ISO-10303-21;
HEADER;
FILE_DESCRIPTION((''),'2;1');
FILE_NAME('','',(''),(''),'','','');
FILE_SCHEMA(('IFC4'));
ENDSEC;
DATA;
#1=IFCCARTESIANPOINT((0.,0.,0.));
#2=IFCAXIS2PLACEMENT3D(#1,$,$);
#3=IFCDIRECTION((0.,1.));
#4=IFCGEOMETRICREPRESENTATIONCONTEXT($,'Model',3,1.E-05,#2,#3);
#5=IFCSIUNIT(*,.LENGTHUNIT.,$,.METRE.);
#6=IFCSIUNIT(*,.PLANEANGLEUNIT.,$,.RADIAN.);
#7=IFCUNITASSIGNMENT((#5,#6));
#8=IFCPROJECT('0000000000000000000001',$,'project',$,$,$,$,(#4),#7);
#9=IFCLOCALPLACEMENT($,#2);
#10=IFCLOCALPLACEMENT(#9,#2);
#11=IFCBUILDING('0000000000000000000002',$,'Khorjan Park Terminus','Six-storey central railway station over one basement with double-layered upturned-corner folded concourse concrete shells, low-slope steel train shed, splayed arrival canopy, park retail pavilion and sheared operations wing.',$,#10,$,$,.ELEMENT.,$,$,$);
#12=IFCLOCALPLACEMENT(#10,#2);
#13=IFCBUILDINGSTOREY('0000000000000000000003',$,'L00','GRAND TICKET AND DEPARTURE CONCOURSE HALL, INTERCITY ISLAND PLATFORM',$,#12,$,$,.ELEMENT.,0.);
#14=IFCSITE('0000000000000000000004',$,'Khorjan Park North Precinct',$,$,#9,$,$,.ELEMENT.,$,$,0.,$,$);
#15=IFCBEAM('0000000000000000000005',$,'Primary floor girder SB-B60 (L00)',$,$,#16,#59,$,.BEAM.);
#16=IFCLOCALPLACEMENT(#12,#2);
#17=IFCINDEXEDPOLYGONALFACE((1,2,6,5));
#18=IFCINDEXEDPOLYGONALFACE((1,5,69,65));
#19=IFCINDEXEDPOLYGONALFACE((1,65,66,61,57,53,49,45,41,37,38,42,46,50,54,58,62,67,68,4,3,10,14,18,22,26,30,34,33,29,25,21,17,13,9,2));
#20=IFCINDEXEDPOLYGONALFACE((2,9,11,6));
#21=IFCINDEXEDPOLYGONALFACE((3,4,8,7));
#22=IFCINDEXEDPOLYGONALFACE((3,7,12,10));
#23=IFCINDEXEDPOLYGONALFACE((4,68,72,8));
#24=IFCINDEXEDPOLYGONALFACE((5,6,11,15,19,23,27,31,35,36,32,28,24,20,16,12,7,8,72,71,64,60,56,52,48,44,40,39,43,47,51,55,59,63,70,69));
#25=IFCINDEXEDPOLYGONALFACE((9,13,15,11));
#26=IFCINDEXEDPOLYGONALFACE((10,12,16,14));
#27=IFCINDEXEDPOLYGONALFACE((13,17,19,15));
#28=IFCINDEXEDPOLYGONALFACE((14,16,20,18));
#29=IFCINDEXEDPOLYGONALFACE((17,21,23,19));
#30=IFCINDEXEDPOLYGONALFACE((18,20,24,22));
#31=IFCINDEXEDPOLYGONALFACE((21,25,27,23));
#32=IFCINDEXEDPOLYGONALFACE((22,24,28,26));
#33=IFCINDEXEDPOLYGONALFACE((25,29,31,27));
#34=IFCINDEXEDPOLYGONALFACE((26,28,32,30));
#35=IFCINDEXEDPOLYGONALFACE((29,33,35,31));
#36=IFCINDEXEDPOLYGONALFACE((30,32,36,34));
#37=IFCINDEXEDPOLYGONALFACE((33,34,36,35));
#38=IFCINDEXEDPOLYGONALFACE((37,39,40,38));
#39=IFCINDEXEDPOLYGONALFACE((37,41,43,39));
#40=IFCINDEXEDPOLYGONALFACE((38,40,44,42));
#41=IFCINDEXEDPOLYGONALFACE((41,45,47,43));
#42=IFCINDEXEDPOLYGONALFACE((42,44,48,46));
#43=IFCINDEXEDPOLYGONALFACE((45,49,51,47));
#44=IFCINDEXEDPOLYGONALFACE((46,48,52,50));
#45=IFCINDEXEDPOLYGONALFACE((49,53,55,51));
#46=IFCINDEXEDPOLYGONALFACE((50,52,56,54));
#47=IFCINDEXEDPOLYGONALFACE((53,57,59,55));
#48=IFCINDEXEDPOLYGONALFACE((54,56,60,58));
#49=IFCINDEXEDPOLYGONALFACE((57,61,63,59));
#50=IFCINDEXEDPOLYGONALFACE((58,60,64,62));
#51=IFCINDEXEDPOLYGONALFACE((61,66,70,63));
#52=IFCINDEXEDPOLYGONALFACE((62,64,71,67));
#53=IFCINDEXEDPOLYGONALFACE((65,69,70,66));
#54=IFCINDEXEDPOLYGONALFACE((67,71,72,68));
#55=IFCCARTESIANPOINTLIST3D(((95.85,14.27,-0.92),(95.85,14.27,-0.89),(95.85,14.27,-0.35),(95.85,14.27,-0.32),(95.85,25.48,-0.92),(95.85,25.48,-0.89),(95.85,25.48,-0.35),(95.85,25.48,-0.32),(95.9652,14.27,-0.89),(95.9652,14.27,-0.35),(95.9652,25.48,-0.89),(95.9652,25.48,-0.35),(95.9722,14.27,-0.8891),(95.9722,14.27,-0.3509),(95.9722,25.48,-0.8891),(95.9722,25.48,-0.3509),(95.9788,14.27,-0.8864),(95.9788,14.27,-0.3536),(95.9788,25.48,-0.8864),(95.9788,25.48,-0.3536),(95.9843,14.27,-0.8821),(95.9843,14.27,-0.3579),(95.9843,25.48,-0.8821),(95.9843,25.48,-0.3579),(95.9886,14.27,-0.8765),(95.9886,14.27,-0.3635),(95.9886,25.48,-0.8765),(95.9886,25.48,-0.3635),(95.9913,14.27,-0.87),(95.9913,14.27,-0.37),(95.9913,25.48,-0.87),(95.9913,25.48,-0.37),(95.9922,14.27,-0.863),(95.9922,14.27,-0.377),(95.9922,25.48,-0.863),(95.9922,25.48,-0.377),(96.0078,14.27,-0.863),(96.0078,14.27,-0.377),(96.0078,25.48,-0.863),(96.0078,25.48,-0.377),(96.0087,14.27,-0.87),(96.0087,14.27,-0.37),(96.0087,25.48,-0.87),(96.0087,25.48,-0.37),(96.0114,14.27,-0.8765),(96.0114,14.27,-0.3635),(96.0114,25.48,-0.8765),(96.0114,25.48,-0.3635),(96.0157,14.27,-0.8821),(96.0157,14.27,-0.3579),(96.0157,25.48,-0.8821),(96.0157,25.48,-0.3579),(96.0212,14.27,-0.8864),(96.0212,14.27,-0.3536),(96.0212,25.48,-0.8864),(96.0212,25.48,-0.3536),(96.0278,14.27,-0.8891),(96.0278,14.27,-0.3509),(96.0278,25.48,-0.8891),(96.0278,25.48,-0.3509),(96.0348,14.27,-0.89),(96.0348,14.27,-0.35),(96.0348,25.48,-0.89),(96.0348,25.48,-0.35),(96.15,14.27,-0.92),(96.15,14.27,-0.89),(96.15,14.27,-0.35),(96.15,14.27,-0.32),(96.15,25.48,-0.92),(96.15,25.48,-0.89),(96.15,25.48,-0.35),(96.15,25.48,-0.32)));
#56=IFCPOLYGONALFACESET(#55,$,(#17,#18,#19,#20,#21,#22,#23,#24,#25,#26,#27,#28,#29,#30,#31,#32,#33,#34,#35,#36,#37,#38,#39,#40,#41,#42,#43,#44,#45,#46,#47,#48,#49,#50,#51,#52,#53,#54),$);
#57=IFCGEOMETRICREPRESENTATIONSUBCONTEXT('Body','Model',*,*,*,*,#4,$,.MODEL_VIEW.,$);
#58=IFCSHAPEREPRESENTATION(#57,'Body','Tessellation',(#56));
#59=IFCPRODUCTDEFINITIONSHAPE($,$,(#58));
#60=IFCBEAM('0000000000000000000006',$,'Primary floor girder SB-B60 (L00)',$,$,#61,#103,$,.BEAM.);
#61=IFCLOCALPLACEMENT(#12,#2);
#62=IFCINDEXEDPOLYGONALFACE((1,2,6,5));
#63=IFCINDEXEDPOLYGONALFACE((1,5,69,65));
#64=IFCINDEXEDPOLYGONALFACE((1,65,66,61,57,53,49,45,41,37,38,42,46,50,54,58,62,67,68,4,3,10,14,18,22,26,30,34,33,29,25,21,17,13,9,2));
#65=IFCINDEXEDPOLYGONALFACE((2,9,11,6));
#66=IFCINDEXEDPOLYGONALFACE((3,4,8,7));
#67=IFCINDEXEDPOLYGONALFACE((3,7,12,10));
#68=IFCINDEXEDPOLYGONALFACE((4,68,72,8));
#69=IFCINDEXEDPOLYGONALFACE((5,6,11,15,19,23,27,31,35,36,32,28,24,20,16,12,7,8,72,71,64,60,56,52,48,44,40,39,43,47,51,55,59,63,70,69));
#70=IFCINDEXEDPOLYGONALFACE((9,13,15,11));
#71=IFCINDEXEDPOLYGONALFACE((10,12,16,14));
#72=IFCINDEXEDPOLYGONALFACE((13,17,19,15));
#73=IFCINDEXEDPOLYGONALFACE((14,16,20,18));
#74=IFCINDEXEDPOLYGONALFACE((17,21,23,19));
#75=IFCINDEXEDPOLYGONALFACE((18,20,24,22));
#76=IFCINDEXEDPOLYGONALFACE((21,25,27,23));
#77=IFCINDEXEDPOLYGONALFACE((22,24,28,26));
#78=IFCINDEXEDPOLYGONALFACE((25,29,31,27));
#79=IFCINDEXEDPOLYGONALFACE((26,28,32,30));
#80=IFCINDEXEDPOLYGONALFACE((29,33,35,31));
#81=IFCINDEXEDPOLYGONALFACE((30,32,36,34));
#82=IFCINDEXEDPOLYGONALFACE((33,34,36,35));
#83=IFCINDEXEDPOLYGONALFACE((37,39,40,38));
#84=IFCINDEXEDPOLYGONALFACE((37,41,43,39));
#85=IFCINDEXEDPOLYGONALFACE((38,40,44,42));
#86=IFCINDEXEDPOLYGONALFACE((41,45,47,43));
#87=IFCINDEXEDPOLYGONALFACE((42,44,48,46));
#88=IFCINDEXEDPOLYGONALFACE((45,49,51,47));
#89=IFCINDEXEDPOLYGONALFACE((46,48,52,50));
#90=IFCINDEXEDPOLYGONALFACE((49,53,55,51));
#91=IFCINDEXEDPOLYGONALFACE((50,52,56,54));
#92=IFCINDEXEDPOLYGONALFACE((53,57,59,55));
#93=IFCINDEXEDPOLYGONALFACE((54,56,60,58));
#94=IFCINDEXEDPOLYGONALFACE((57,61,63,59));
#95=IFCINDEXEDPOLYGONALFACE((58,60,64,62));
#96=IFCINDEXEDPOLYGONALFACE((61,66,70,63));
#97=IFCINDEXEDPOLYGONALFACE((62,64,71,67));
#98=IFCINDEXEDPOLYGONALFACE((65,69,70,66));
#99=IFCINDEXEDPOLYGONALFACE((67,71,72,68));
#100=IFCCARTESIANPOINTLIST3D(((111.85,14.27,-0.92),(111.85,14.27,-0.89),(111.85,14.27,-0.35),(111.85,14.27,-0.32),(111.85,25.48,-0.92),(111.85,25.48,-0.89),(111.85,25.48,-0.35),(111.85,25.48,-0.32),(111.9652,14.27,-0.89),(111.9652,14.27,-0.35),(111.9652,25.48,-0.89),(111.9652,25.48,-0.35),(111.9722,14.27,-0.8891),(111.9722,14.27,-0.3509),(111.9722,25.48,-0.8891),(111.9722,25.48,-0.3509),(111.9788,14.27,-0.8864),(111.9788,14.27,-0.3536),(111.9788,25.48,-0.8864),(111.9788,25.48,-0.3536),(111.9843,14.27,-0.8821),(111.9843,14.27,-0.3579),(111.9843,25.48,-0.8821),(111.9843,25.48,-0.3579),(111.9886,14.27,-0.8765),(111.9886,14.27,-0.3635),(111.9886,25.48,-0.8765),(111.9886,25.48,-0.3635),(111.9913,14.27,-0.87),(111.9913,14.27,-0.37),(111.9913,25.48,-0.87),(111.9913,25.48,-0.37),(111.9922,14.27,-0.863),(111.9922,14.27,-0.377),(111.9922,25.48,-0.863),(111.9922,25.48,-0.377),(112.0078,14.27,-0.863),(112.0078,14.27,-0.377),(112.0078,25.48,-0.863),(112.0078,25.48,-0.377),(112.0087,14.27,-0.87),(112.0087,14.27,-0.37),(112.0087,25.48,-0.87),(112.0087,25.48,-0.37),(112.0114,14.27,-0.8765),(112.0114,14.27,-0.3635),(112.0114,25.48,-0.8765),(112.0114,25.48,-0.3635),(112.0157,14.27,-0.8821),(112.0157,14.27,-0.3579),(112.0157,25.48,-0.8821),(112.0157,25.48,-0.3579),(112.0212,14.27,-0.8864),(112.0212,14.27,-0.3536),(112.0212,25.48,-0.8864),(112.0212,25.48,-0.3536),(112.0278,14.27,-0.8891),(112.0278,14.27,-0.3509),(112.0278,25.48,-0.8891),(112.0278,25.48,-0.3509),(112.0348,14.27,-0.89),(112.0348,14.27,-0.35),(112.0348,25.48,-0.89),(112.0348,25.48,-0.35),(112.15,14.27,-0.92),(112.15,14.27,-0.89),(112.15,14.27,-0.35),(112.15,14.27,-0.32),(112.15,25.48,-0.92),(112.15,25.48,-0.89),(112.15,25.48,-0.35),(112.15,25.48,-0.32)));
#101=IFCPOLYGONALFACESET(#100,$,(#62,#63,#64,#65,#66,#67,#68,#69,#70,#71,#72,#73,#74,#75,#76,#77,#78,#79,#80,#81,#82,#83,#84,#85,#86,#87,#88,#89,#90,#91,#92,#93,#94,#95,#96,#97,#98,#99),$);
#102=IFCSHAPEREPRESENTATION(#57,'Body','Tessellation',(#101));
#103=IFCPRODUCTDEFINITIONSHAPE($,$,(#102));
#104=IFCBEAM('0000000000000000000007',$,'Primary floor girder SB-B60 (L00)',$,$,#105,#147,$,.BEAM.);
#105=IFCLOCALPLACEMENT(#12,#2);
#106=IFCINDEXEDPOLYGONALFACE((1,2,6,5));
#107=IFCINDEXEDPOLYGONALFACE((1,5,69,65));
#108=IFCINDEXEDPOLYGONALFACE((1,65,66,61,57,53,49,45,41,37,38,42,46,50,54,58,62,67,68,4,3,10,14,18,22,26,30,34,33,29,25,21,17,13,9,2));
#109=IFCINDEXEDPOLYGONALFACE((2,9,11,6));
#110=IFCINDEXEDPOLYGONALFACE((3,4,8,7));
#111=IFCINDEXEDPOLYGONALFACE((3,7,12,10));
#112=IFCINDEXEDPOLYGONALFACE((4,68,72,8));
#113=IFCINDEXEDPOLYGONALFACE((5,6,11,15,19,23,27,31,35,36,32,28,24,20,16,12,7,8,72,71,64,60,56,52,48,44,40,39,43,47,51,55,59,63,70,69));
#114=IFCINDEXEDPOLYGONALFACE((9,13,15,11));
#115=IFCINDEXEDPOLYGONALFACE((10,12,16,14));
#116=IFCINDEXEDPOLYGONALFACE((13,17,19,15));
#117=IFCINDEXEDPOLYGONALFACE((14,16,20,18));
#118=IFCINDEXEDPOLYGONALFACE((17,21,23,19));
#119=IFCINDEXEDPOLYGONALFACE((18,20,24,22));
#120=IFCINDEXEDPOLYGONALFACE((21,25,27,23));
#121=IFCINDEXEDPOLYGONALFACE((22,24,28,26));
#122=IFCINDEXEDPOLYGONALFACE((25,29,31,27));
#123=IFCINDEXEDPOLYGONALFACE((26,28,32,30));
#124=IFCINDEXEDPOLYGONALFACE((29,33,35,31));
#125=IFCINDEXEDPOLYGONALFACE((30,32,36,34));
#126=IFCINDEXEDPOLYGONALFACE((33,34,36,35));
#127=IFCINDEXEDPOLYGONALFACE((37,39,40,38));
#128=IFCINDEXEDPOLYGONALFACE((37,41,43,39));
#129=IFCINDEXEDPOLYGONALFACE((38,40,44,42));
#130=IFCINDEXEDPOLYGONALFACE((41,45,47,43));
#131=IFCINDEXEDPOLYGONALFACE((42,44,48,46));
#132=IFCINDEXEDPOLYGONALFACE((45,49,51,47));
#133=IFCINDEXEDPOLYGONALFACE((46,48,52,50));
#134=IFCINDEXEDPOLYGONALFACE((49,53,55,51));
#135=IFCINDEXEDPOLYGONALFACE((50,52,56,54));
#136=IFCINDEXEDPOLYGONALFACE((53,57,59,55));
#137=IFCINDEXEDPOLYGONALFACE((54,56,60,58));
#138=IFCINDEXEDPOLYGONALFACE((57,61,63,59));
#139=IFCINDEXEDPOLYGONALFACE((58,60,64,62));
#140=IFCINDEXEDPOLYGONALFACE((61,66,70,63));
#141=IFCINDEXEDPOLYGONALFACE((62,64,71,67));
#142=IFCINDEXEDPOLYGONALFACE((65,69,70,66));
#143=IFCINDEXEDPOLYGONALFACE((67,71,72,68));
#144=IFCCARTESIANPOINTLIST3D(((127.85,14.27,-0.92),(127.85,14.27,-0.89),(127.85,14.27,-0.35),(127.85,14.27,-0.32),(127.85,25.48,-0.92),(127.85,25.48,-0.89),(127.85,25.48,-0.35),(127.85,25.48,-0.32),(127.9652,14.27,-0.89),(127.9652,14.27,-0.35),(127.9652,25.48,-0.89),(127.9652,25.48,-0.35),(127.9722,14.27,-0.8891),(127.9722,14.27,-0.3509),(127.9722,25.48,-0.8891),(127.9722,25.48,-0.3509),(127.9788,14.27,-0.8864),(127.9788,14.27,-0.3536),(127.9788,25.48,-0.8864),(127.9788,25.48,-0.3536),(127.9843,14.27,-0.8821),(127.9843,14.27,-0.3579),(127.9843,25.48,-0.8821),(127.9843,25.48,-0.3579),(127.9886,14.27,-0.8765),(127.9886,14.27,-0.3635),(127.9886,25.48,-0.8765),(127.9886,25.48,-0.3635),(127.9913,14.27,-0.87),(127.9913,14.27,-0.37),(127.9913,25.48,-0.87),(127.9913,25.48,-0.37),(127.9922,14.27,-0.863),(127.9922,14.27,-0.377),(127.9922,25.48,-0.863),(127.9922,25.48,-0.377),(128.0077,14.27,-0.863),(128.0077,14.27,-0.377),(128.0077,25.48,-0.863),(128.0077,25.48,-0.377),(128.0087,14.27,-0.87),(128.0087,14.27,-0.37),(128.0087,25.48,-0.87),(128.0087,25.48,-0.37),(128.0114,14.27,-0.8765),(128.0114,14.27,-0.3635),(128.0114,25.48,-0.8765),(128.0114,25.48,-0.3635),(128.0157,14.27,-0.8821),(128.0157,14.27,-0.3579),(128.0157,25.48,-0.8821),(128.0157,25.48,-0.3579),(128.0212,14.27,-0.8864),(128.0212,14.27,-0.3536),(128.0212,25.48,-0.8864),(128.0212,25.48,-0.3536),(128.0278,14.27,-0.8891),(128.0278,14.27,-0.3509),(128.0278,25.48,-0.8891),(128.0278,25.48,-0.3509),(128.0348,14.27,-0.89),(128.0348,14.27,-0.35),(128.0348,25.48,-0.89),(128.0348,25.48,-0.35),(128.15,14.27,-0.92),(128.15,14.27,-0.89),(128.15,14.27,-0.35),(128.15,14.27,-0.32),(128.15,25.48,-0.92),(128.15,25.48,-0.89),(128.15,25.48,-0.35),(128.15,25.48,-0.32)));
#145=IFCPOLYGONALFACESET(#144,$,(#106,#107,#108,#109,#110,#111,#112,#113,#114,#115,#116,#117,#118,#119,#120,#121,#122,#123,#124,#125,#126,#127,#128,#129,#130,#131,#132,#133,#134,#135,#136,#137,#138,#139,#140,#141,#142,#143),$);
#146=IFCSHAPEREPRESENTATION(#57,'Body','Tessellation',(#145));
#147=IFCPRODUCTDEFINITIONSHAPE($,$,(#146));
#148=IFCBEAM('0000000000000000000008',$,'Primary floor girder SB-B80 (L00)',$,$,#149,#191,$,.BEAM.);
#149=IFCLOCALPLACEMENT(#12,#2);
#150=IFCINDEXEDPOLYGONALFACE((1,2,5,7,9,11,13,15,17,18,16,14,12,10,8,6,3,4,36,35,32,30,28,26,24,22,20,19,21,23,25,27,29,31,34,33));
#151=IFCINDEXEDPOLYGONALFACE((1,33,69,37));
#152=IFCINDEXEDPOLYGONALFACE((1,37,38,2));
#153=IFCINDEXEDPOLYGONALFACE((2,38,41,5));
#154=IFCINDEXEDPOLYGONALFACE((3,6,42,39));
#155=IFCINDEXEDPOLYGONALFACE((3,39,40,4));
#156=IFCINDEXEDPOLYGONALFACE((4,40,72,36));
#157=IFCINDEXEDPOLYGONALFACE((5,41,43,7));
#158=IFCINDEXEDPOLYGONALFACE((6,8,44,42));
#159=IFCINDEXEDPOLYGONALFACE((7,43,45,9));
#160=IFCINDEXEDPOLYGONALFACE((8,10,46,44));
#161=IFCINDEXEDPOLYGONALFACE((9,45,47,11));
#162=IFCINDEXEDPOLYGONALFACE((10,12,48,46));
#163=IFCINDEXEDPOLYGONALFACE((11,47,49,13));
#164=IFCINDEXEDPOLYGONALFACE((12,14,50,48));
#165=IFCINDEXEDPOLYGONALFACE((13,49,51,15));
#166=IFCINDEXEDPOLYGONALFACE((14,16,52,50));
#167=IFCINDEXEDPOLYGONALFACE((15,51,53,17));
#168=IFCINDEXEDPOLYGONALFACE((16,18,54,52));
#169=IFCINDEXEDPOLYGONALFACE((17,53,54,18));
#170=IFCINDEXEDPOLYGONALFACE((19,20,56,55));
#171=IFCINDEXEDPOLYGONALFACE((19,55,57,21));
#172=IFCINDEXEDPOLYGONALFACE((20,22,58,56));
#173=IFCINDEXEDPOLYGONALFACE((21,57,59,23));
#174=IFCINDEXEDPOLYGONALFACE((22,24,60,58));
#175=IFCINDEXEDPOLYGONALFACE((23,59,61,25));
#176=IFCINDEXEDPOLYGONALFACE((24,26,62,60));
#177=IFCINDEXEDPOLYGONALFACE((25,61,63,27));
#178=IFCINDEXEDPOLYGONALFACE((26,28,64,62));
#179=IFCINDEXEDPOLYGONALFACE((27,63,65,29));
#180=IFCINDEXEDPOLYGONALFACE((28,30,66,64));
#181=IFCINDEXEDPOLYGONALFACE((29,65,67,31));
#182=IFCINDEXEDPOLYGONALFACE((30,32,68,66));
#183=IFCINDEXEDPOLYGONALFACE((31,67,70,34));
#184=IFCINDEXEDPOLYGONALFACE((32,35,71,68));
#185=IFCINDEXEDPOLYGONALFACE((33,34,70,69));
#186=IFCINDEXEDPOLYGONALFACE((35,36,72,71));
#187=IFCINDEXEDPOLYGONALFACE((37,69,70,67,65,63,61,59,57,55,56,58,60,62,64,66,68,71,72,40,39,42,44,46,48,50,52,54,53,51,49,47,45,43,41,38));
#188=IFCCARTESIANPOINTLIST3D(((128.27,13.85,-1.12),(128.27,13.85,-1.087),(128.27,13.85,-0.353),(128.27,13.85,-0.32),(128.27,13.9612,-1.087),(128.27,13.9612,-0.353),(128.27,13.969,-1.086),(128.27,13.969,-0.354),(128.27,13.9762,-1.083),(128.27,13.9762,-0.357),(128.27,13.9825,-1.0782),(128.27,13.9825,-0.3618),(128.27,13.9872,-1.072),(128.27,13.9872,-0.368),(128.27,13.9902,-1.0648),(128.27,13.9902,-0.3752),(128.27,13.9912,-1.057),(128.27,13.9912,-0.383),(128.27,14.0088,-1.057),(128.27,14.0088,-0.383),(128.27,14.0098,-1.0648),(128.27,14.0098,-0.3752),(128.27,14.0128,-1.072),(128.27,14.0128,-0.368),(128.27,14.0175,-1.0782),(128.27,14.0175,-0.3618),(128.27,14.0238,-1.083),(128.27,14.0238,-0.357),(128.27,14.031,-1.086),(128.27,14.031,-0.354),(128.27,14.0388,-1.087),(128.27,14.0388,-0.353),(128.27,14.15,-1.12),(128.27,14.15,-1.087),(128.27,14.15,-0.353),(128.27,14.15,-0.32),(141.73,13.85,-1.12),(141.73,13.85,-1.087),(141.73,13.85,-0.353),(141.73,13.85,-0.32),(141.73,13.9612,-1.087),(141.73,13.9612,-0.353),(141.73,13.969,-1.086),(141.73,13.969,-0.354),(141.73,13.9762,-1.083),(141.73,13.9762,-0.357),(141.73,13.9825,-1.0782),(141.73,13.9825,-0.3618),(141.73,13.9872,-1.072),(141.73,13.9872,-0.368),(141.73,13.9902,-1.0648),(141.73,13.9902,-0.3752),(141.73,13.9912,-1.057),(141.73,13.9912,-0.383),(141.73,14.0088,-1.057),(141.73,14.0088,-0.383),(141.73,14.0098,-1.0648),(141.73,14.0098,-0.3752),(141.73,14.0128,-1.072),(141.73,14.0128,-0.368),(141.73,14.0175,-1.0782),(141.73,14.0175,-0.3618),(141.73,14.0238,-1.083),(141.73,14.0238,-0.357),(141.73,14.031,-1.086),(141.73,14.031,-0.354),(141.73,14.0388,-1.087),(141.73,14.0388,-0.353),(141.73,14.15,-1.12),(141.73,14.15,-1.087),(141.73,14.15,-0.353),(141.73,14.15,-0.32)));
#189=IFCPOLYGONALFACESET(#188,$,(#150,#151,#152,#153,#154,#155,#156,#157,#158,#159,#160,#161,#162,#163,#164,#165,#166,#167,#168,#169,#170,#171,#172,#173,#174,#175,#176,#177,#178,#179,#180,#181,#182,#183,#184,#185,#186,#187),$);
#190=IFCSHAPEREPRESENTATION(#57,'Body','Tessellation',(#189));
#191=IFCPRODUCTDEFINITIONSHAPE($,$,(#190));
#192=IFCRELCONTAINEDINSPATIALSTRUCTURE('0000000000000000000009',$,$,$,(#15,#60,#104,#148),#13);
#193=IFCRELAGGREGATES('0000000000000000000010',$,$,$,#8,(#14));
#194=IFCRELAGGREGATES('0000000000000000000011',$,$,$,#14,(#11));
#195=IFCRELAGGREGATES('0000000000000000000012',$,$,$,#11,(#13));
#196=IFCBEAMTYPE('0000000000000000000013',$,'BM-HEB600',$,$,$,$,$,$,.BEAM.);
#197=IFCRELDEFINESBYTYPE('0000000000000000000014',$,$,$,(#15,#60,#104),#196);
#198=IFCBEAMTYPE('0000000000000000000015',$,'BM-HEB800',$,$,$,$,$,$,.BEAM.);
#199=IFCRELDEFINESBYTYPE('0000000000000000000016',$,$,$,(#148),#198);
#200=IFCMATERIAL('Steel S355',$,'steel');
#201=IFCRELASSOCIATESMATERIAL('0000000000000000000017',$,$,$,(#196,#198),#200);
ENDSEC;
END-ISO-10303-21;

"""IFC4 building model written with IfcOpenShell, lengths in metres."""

from ifc_helpers import new_model, si_unit, direction, frame, origin, origin_2d, place, context, subcontext, project, spatial, i_section, extrude, material, material_profile, profile_set, type_object, element, save


model = new_model("IFC4")

# Units and contexts
model_context = context("Model", 3, precision=1e-05, world=origin(), true_north=direction((0.0, 1.0)))
body_context = subcontext(model_context, "Body", "Model", "MODEL_VIEW")
ifc_project = project(units=[si_unit("LENGTHUNIT", "METRE"), si_unit("PLANEANGLEUNIT", "RADIAN")], contexts=[model_context])

# Site, building, storey
site_placement = place(None, origin())
site = spatial("IfcSite", under=ifc_project, at=site_placement, Name="Khorjan Park North Precinct", CompositionType="ELEMENT", RefElevation=0.0)
building_placement = place(site_placement, origin())
building = spatial("IfcBuilding", under=site, at=building_placement, Name="Khorjan Park Terminus", Description="Six-storey central railway station over one basement with double-layered upturned-corner folded concourse concrete shells, low-slope steel train shed, splayed arrival canopy, park retail pavilion and sheared operations wing.", CompositionType="ELEMENT")
storey_placement = place(building_placement, origin())
storey = spatial("IfcBuildingStorey", under=building, at=storey_placement, Name="L00", Description="GRAND TICKET AND DEPARTURE CONCOURSE HALL, INTERCITY ISLAND PLATFORM", CompositionType="ELEMENT", Elevation=0.0)

# Shared definitions
ifc_material_1 = material(Name="Steel S355", Category="steel")

# Beams
ifc_material_profile_1 = material_profile(ifc_material_1, i_section(OverallWidth=0.3, OverallDepth=0.6, WebThickness=0.0155, FlangeThickness=0.03, FilletRadius=0.027, at=origin_2d()), Name="HEB 600")
ifc_profile_set_1 = profile_set([ifc_material_profile_1], Name="Steel S355")
beam_type_1 = type_object("IfcBeamType", Name="BM-HEB600", PredefinedType="BEAM", material=ifc_profile_set_1)
for number, where, z_axis, x_axis, name in (
    (1, (96.0, 14.27, -0.62), (0.0, 1.0, 0.0), (-1.0, 0.0, 0.0), "Primary floor girder SB-B60 (L00)"),
    (2, (112.0, 14.27, -0.62), (0.0, 1.0, 0.0), (-1.0, 0.0, 0.0), "Primary floor girder SB-B60 (L00)"),
    (3, (128.0, 14.27, -0.62), (0.0, 1.0, 0.0), (-1.0, 0.0, 0.0), "Primary floor girder SB-B60 (L00)"),
):
    element("IfcBeam", number, at=place(storey_placement, frame(where, z_axis=z_axis, x_axis=x_axis)), inside=storey, type_object=beam_type_1, Name=name, PredefinedType="BEAM", context=body_context, shape_type="SweptSolid", body=[
        extrude(i_section(OverallWidth=0.3, OverallDepth=0.6, WebThickness=0.0155, FlangeThickness=0.03, FilletRadius=0.027, at=origin_2d()), origin(), (0.0, 0.0, 1.0), 11.21),
    ])
ifc_material_profile_2 = material_profile(ifc_material_1, i_section(OverallWidth=0.3, OverallDepth=0.8, WebThickness=0.0175, FlangeThickness=0.033, FilletRadius=0.03, at=origin_2d()), Name="HEB 800")
ifc_profile_set_2 = profile_set([ifc_material_profile_2], Name="Steel S355")
beam_type_2 = type_object("IfcBeamType", Name="BM-HEB800", PredefinedType="BEAM", material=ifc_profile_set_2)
beam_1_placement = place(storey_placement, frame((128.27, 14.0, -0.72), z_axis=(1.0, 0.0, 0.0), x_axis=(0.0, 1.0, 0.0)))
element("IfcBeam", 4, at=beam_1_placement, inside=storey, type_object=beam_type_2, Name="Primary floor girder SB-B80 (L00)", PredefinedType="BEAM", context=body_context, shape_type="SweptSolid", body=[
    extrude(i_section(OverallWidth=0.3, OverallDepth=0.8, WebThickness=0.0175, FlangeThickness=0.033, FilletRadius=0.03, at=origin_2d()), origin(), (0.0, 0.0, 1.0), 13.46),
])

save(model, "model.ifc")
